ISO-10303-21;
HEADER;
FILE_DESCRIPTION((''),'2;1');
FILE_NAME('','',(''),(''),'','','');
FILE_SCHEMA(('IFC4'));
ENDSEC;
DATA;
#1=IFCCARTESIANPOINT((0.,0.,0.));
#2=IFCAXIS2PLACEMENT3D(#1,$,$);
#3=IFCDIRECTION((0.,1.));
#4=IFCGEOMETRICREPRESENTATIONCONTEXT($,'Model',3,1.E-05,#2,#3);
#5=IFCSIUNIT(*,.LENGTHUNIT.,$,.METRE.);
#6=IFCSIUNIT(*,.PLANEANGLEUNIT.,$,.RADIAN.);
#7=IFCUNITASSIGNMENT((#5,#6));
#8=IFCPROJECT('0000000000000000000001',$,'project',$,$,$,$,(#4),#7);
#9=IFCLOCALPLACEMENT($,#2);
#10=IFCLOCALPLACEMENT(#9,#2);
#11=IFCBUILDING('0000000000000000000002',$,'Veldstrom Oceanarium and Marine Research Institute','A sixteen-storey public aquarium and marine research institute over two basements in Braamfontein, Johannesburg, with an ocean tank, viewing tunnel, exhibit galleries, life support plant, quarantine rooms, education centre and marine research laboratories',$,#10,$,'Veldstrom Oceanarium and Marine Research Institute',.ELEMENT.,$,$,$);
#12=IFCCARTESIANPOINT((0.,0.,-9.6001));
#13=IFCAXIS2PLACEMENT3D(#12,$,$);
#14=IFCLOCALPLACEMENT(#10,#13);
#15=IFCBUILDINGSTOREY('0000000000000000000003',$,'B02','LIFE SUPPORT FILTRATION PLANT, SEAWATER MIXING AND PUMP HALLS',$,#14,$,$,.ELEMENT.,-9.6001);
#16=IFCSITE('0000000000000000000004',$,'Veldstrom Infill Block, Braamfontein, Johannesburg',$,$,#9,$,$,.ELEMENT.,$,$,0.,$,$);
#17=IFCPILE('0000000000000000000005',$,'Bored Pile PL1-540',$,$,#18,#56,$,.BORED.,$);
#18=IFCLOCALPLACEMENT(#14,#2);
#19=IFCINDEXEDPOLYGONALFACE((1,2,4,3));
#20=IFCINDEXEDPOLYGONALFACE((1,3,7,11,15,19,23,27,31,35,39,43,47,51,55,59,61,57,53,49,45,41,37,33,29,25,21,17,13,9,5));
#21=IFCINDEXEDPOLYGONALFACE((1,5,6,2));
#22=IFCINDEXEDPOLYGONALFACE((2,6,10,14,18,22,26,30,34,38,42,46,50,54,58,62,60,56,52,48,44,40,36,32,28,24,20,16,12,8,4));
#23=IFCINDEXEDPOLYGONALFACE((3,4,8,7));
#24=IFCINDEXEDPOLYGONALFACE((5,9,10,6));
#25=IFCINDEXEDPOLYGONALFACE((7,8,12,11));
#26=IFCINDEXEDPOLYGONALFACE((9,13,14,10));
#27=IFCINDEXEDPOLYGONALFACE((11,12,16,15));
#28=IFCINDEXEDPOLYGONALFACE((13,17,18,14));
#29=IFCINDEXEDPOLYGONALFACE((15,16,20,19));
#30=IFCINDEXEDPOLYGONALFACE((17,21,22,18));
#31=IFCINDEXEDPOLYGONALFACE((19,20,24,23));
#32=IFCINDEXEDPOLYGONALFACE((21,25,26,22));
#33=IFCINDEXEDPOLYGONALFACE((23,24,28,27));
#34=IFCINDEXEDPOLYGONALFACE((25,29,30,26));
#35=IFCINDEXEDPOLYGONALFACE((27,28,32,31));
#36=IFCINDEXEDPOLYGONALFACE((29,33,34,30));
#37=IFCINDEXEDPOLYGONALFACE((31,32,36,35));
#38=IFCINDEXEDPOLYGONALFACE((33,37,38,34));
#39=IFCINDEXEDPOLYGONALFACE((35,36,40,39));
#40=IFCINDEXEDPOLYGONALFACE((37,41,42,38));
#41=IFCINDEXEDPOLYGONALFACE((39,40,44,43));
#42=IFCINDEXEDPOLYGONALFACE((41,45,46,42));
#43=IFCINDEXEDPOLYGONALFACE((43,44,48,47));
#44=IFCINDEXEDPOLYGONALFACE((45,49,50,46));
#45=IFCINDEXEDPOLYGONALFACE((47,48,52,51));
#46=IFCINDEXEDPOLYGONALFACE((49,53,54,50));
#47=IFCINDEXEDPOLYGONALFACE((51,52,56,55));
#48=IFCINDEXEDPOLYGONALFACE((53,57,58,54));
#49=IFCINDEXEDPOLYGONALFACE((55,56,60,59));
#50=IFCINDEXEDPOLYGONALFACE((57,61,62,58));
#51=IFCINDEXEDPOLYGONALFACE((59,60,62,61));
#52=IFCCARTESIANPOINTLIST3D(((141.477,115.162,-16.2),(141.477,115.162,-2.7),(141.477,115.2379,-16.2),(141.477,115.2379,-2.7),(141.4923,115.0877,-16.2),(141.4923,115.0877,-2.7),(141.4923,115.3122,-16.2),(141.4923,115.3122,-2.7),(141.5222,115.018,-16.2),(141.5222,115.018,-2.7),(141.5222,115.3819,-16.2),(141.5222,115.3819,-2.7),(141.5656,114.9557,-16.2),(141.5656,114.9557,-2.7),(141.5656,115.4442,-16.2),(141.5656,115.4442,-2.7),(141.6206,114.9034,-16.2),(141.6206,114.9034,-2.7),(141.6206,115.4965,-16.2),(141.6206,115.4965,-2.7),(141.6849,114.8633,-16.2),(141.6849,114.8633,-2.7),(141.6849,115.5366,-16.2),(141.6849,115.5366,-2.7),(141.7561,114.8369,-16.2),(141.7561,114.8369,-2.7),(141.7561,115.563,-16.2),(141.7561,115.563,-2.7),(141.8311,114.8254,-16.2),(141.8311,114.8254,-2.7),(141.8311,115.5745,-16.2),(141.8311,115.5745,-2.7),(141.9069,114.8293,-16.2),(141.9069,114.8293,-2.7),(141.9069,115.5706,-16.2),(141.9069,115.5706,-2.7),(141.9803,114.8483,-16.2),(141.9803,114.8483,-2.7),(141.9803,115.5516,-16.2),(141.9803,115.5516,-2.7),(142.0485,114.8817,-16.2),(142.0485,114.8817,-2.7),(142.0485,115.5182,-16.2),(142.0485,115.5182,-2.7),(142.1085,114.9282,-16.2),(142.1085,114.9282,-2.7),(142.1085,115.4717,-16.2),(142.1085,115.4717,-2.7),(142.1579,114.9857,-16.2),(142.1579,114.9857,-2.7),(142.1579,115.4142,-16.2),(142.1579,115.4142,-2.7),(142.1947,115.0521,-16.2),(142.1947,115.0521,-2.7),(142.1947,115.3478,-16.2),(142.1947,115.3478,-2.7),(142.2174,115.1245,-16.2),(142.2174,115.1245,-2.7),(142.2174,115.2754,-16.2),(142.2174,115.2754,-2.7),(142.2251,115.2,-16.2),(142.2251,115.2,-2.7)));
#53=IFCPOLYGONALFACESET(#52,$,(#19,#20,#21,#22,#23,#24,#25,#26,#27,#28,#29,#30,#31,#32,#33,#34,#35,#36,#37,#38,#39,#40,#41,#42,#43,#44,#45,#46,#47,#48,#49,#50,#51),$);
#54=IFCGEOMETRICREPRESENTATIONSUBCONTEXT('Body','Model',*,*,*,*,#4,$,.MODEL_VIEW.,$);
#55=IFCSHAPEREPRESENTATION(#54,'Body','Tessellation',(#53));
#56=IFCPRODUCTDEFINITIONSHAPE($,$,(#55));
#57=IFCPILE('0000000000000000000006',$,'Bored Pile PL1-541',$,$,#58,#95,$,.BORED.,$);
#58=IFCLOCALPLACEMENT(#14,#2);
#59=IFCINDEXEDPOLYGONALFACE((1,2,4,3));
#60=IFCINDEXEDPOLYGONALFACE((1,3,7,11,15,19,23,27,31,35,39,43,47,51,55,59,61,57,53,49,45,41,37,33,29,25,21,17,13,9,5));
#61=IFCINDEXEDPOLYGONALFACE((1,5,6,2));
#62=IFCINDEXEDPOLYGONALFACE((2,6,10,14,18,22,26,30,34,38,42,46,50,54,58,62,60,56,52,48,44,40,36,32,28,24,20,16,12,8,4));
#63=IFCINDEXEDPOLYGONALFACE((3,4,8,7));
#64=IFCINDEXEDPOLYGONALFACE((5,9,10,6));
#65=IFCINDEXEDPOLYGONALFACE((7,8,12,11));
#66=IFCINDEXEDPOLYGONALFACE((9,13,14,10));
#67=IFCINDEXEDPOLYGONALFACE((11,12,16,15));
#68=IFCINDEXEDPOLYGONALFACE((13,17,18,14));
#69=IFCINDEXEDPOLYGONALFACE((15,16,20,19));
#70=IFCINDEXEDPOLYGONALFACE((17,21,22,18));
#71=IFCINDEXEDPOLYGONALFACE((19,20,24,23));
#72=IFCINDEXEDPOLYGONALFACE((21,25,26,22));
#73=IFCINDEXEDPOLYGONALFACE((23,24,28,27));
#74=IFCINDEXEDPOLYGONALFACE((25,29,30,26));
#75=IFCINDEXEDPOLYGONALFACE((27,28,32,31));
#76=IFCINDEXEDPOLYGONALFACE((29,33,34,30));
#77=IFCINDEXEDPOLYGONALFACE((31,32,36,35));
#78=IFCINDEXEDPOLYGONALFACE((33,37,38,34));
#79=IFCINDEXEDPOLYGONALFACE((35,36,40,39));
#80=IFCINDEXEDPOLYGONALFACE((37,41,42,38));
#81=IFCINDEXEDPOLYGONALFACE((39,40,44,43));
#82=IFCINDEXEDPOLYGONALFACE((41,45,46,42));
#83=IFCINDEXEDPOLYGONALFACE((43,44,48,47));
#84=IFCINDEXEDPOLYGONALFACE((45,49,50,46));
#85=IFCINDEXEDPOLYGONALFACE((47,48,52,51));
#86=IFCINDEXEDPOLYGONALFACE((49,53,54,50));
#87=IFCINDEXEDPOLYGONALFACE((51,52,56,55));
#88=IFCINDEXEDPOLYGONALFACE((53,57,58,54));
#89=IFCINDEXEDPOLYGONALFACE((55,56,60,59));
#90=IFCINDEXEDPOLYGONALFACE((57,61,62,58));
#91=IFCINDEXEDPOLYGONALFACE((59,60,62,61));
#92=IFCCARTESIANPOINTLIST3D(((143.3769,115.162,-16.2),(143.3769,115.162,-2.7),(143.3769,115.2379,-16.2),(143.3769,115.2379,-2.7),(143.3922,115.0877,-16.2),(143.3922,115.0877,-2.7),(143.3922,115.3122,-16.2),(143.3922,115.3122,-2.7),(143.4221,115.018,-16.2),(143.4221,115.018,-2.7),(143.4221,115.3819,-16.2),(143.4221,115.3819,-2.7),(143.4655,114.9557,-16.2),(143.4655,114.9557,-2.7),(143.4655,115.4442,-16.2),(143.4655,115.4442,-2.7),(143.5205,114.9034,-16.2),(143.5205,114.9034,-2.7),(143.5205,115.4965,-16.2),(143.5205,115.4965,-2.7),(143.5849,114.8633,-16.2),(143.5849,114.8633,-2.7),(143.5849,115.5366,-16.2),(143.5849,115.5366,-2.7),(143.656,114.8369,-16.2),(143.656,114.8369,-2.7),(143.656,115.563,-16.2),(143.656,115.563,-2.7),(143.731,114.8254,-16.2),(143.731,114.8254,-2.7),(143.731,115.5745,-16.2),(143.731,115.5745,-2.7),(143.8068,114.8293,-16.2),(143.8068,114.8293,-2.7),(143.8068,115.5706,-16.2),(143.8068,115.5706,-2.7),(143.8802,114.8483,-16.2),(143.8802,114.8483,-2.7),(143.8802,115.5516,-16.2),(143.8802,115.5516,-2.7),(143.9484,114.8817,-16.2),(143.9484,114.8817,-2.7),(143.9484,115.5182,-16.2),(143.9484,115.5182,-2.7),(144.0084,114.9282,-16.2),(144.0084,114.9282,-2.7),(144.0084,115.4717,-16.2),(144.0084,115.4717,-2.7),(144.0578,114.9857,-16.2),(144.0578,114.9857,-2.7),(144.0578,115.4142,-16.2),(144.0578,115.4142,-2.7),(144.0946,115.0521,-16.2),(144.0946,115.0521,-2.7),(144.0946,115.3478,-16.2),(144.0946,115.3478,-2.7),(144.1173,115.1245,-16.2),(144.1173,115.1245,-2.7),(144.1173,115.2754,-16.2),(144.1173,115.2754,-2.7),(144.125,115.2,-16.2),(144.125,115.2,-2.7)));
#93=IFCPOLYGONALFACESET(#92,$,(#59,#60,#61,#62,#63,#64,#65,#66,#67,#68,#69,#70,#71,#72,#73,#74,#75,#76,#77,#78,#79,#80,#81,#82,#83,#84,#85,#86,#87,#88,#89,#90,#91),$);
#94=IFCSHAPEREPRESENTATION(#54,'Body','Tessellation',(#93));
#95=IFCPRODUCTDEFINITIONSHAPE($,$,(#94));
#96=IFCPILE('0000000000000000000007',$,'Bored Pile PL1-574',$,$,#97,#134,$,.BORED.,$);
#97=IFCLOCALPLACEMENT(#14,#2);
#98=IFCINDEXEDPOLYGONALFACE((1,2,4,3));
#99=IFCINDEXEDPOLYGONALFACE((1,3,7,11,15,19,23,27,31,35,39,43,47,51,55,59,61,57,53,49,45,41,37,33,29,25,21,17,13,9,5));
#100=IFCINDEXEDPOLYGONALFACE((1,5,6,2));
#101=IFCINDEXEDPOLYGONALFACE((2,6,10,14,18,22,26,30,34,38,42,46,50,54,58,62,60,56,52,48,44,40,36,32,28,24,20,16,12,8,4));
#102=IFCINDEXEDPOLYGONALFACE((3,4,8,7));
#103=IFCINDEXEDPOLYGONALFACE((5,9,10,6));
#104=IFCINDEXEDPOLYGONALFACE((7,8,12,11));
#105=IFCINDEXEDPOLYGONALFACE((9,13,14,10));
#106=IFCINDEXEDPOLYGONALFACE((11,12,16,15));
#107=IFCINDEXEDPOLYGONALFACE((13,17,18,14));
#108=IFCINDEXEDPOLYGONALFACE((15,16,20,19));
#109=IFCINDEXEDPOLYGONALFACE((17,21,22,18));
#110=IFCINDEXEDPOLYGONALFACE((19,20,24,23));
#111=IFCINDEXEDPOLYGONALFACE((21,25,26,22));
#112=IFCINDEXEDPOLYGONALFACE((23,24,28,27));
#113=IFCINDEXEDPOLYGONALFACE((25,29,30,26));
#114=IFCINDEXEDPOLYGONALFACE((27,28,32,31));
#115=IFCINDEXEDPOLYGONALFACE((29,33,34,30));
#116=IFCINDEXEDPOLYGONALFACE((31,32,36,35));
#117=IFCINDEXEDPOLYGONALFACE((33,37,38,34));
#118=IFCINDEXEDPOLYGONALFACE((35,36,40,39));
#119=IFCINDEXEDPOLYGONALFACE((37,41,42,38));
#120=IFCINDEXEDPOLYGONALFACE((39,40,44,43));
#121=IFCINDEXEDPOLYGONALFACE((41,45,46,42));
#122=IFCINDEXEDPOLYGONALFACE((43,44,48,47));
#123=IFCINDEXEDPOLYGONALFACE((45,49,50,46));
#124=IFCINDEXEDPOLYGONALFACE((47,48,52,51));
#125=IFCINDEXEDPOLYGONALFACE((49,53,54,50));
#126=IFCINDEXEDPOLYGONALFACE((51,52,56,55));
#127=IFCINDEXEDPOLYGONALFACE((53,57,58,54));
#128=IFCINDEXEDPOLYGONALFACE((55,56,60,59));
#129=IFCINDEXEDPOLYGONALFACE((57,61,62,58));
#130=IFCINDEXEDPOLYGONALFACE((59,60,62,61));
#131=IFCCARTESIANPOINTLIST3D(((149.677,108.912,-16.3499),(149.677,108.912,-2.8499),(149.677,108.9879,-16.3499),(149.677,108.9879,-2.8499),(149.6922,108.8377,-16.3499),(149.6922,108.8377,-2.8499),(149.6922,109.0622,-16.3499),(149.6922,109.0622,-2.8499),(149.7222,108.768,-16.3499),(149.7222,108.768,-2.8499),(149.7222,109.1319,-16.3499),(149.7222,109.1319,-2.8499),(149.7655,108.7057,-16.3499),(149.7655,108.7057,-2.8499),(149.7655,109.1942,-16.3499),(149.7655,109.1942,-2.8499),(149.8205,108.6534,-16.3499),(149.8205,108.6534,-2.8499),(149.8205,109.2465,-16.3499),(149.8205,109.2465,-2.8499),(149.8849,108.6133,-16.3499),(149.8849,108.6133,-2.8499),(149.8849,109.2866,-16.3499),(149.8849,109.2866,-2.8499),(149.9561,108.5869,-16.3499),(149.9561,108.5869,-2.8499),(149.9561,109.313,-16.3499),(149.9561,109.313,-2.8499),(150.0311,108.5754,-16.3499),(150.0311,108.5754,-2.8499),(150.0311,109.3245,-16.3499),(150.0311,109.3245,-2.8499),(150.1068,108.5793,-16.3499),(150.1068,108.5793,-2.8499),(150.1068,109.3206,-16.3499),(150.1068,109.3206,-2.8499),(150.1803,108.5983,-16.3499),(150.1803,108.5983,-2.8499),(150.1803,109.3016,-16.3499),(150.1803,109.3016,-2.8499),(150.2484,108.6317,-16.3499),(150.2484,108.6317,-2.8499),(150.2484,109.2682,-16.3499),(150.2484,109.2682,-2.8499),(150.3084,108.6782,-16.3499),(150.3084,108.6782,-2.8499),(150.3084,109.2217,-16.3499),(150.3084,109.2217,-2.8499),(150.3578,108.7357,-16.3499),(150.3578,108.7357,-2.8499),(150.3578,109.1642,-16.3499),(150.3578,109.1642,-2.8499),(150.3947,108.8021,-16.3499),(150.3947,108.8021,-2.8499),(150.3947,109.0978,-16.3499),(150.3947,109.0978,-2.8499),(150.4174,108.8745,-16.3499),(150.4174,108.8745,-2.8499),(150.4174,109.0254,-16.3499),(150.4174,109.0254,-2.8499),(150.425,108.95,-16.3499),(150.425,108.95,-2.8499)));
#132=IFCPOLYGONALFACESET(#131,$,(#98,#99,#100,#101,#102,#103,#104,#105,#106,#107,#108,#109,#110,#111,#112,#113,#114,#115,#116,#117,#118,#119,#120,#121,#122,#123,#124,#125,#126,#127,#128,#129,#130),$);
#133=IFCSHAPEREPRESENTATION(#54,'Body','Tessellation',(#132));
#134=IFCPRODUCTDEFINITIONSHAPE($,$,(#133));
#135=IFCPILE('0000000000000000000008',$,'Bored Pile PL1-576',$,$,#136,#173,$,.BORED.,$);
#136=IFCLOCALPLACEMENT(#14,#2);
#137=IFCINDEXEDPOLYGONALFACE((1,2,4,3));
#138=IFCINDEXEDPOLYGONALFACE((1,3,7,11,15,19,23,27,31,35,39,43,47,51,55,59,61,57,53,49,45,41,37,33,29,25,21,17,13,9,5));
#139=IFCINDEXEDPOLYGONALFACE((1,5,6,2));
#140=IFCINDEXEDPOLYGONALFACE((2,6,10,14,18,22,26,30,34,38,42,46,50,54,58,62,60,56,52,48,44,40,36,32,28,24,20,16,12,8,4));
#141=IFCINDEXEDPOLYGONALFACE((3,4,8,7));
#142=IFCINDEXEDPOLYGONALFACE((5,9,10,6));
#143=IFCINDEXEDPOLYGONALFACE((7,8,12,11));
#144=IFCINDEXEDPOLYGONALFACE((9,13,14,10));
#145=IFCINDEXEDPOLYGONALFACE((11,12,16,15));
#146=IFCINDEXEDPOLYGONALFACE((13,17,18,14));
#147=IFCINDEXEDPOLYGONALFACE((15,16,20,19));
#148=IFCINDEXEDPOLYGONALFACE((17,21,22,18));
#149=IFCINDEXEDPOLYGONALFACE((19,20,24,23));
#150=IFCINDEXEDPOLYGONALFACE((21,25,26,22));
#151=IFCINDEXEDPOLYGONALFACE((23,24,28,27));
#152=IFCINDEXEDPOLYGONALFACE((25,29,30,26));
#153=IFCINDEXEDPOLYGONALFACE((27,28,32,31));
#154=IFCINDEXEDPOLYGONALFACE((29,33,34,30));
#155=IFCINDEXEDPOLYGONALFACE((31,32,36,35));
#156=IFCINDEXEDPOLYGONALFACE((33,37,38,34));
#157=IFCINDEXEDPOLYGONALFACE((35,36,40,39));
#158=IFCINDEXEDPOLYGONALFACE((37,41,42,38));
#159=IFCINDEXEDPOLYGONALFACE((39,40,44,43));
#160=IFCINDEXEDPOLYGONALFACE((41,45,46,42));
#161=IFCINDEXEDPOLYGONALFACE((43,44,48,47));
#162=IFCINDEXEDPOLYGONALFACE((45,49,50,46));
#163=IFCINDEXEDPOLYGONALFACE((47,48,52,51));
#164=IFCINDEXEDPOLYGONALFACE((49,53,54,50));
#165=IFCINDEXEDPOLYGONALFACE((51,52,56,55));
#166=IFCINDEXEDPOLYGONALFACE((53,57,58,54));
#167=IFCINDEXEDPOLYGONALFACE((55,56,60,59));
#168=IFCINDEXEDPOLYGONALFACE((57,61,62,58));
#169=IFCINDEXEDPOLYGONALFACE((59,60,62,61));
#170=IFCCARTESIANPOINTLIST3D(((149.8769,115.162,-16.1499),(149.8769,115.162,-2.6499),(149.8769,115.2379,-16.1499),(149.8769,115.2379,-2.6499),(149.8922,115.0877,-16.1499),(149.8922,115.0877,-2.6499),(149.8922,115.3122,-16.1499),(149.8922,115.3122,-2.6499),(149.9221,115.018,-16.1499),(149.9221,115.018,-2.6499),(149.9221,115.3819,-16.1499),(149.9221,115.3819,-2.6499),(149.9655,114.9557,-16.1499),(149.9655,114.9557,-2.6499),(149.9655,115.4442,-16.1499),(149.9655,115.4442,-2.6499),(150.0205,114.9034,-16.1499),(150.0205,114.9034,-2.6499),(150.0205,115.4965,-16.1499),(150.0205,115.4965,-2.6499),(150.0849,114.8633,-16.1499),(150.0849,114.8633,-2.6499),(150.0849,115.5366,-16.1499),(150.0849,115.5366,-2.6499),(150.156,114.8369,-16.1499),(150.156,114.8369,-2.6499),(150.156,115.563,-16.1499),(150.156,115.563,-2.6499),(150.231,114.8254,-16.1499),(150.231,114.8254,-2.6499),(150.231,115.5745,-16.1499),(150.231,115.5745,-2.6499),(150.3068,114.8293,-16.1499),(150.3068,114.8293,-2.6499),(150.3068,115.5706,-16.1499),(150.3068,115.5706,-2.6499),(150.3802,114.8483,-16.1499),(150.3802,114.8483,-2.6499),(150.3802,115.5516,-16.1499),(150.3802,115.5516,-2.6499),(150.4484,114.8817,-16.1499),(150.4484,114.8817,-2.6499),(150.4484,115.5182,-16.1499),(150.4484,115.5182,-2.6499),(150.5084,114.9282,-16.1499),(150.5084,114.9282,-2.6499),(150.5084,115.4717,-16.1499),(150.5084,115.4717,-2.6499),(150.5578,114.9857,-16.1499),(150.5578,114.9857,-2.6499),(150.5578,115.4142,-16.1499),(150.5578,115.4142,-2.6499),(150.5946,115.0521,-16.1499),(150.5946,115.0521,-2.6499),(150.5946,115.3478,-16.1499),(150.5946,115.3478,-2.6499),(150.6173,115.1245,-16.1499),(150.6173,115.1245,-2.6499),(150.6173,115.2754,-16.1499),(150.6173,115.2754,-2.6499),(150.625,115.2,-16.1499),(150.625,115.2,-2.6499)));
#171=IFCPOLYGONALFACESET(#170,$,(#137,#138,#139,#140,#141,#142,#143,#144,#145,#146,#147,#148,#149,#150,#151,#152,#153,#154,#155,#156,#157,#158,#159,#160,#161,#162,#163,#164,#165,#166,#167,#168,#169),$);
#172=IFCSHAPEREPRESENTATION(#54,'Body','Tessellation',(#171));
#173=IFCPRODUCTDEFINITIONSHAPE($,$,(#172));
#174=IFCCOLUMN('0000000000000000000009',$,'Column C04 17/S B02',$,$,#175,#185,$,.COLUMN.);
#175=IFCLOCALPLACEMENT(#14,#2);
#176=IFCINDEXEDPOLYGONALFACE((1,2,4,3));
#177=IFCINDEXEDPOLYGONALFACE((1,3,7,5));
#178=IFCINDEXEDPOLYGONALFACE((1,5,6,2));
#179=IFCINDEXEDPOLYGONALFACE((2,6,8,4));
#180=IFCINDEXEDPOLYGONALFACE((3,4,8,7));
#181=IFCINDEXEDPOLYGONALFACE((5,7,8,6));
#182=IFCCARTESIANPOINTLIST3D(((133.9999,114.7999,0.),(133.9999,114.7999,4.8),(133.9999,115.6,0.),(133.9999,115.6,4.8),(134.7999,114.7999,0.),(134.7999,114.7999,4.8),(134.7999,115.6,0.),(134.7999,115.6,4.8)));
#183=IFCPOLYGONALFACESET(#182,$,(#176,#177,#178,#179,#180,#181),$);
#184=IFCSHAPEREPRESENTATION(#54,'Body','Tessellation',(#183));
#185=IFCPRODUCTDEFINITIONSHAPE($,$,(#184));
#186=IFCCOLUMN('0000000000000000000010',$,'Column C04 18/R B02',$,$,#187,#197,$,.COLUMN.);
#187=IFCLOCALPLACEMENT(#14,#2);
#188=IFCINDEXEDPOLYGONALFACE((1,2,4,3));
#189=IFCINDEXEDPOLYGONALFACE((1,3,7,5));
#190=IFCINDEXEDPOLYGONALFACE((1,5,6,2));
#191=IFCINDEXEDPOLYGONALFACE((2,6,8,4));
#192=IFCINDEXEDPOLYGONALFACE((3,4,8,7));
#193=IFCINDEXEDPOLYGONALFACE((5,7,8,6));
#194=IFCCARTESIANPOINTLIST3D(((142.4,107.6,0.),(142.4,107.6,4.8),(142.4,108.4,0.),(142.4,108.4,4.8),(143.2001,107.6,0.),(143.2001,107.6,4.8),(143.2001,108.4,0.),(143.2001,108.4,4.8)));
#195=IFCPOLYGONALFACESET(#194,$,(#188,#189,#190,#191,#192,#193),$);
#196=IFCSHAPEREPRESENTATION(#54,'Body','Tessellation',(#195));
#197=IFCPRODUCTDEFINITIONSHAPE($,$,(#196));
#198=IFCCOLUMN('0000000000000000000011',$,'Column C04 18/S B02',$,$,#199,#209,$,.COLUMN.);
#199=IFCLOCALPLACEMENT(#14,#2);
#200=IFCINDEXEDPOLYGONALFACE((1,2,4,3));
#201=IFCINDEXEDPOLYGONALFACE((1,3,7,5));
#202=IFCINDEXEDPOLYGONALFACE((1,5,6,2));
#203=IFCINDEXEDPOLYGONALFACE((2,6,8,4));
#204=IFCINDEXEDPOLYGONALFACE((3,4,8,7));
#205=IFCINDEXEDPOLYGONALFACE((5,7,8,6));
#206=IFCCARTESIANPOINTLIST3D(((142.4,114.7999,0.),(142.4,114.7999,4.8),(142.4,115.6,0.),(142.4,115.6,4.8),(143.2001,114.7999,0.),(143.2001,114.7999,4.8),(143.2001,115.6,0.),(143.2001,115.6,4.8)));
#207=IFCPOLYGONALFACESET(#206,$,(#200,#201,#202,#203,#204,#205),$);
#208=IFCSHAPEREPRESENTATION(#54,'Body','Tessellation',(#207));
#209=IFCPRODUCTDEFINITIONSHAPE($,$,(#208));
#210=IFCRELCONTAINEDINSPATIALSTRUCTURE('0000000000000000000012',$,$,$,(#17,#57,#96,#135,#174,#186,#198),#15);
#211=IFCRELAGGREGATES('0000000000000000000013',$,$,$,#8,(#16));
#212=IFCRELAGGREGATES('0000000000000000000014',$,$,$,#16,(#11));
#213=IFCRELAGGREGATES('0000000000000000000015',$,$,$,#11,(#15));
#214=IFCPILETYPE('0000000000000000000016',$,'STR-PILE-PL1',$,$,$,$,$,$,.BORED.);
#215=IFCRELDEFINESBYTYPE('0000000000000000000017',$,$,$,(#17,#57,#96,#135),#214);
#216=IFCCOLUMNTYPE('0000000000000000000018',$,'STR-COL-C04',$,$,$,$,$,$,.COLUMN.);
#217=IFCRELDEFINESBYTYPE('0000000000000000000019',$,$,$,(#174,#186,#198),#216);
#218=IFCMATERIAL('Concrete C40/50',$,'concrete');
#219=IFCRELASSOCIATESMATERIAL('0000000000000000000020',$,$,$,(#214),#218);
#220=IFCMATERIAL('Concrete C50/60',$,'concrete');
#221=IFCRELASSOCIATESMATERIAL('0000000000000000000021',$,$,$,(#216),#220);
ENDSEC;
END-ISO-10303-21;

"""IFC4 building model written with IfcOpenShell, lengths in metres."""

from ifc_helpers import new_model, si_unit, direction, frame, origin, origin_2d, place, context, subcontext, project, spatial, rectangle, circle, extrude, material, material_profile, profile_set, type_object, element, save


model = new_model("IFC4")

# Units and contexts
model_context = context("Model", 3, precision=1e-05, world=origin(), true_north=direction((0.0, 1.0)))
body_context = subcontext(model_context, "Body", "Model", "MODEL_VIEW")
ifc_project = project(units=[si_unit("LENGTHUNIT", "METRE"), si_unit("PLANEANGLEUNIT", "RADIAN")], contexts=[model_context])

# Site, building, storey
site_placement = place(None, origin())
site = spatial("IfcSite", under=ifc_project, at=site_placement, Name="Veldstrom Infill Block, Braamfontein, Johannesburg", CompositionType="ELEMENT", RefElevation=0.0)
building_placement = place(site_placement, origin())
building = spatial("IfcBuilding", under=site, at=building_placement, Name="Veldstrom Oceanarium and Marine Research Institute", Description="A sixteen-storey public aquarium and marine research institute over two basements in Braamfontein, Johannesburg, with an ocean tank, viewing tunnel, exhibit galleries, life support plant, quarantine rooms, education centre and marine research laboratories", LongName="Veldstrom Oceanarium and Marine Research Institute", CompositionType="ELEMENT")
storey_placement = place(building_placement, frame((0.0, 0.0, -9.6001)))
storey = spatial("IfcBuildingStorey", under=building, at=storey_placement, Name="B02", Description="LIFE SUPPORT FILTRATION PLANT, SEAWATER MIXING AND PUMP HALLS", CompositionType="ELEMENT", Elevation=-9.6001)

# Piles
ifc_material_1 = material(Name="Concrete C40/50", Category="concrete")
ifc_material_profile_1 = material_profile(ifc_material_1, circle(Radius=0.375, at=origin_2d()), Name="PILE-D750")
ifc_profile_set_1 = profile_set([ifc_material_profile_1], Name="Concrete C40/50")
pile_type = type_object("IfcPileType", Name="STR-PILE-PL1", PredefinedType="BORED", material=ifc_profile_set_1)
for number, where, z_axis, x_axis, name in (
    (1, (141.8501, 115.2, -2.7), (0.0, 0.0, -1.0), (1.0, 0.0, 0.0), "Bored Pile PL1-540"),
    (2, (143.75, 115.2, -2.7), (0.0, 0.0, -1.0), (1.0, 0.0, 0.0), "Bored Pile PL1-541"),
    (3, (150.05, 108.95, -2.8499), (0.0, 0.0, -1.0), (1.0, 0.0, 0.0), "Bored Pile PL1-574"),
    (4, (150.25, 115.2, -2.6499), (0.0, 0.0, -1.0), (1.0, 0.0, 0.0), "Bored Pile PL1-576"),
):
    element("IfcPile", number, at=place(storey_placement, frame(where, z_axis=z_axis, x_axis=x_axis)), inside=storey, type_object=pile_type, Name=name, PredefinedType="BORED", context=body_context, shape_type="SweptSolid", body=[
        extrude(circle(Radius=0.375, at=origin_2d()), origin(), (0.0, 0.0, 1.0), 13.5),
    ])

# Columns
ifc_material_2 = material(Name="Concrete C50/60", Category="concrete")
ifc_material_profile_2 = material_profile(ifc_material_2, rectangle(XDim=0.8, YDim=0.8, at=origin_2d()), Name="RC-COL-800x800")
ifc_profile_set_2 = profile_set([ifc_material_profile_2], Name="Concrete C50/60")
column_type = type_object("IfcColumnType", Name="STR-COL-C04", PredefinedType="COLUMN", material=ifc_profile_set_2)
for number, where, z_axis, x_axis, name in (
    (5, (134.3999, 115.2, 0.0), (0.0, 0.0, 1.0), (1.0, 0.0, 0.0), "Column C04 17/S B02"),
    (6, (142.8, 108.0, 0.0), (0.0, 0.0, 1.0), (1.0, 0.0, 0.0), "Column C04 18/R B02"),
    (7, (142.8, 115.2, 0.0), (0.0, 0.0, 1.0), (1.0, 0.0, 0.0), "Column C04 18/S B02"),
):
    element("IfcColumn", number, at=place(storey_placement, frame(where, z_axis=z_axis, x_axis=x_axis)), inside=storey, type_object=column_type, Name=name, PredefinedType="COLUMN", context=body_context, shape_type="SweptSolid", body=[
        extrude(rectangle(XDim=0.8, YDim=0.8, at=origin_2d()), origin(), (0.0, 0.0, 1.0), 4.8),
    ])

save(model, "model.ifc")
